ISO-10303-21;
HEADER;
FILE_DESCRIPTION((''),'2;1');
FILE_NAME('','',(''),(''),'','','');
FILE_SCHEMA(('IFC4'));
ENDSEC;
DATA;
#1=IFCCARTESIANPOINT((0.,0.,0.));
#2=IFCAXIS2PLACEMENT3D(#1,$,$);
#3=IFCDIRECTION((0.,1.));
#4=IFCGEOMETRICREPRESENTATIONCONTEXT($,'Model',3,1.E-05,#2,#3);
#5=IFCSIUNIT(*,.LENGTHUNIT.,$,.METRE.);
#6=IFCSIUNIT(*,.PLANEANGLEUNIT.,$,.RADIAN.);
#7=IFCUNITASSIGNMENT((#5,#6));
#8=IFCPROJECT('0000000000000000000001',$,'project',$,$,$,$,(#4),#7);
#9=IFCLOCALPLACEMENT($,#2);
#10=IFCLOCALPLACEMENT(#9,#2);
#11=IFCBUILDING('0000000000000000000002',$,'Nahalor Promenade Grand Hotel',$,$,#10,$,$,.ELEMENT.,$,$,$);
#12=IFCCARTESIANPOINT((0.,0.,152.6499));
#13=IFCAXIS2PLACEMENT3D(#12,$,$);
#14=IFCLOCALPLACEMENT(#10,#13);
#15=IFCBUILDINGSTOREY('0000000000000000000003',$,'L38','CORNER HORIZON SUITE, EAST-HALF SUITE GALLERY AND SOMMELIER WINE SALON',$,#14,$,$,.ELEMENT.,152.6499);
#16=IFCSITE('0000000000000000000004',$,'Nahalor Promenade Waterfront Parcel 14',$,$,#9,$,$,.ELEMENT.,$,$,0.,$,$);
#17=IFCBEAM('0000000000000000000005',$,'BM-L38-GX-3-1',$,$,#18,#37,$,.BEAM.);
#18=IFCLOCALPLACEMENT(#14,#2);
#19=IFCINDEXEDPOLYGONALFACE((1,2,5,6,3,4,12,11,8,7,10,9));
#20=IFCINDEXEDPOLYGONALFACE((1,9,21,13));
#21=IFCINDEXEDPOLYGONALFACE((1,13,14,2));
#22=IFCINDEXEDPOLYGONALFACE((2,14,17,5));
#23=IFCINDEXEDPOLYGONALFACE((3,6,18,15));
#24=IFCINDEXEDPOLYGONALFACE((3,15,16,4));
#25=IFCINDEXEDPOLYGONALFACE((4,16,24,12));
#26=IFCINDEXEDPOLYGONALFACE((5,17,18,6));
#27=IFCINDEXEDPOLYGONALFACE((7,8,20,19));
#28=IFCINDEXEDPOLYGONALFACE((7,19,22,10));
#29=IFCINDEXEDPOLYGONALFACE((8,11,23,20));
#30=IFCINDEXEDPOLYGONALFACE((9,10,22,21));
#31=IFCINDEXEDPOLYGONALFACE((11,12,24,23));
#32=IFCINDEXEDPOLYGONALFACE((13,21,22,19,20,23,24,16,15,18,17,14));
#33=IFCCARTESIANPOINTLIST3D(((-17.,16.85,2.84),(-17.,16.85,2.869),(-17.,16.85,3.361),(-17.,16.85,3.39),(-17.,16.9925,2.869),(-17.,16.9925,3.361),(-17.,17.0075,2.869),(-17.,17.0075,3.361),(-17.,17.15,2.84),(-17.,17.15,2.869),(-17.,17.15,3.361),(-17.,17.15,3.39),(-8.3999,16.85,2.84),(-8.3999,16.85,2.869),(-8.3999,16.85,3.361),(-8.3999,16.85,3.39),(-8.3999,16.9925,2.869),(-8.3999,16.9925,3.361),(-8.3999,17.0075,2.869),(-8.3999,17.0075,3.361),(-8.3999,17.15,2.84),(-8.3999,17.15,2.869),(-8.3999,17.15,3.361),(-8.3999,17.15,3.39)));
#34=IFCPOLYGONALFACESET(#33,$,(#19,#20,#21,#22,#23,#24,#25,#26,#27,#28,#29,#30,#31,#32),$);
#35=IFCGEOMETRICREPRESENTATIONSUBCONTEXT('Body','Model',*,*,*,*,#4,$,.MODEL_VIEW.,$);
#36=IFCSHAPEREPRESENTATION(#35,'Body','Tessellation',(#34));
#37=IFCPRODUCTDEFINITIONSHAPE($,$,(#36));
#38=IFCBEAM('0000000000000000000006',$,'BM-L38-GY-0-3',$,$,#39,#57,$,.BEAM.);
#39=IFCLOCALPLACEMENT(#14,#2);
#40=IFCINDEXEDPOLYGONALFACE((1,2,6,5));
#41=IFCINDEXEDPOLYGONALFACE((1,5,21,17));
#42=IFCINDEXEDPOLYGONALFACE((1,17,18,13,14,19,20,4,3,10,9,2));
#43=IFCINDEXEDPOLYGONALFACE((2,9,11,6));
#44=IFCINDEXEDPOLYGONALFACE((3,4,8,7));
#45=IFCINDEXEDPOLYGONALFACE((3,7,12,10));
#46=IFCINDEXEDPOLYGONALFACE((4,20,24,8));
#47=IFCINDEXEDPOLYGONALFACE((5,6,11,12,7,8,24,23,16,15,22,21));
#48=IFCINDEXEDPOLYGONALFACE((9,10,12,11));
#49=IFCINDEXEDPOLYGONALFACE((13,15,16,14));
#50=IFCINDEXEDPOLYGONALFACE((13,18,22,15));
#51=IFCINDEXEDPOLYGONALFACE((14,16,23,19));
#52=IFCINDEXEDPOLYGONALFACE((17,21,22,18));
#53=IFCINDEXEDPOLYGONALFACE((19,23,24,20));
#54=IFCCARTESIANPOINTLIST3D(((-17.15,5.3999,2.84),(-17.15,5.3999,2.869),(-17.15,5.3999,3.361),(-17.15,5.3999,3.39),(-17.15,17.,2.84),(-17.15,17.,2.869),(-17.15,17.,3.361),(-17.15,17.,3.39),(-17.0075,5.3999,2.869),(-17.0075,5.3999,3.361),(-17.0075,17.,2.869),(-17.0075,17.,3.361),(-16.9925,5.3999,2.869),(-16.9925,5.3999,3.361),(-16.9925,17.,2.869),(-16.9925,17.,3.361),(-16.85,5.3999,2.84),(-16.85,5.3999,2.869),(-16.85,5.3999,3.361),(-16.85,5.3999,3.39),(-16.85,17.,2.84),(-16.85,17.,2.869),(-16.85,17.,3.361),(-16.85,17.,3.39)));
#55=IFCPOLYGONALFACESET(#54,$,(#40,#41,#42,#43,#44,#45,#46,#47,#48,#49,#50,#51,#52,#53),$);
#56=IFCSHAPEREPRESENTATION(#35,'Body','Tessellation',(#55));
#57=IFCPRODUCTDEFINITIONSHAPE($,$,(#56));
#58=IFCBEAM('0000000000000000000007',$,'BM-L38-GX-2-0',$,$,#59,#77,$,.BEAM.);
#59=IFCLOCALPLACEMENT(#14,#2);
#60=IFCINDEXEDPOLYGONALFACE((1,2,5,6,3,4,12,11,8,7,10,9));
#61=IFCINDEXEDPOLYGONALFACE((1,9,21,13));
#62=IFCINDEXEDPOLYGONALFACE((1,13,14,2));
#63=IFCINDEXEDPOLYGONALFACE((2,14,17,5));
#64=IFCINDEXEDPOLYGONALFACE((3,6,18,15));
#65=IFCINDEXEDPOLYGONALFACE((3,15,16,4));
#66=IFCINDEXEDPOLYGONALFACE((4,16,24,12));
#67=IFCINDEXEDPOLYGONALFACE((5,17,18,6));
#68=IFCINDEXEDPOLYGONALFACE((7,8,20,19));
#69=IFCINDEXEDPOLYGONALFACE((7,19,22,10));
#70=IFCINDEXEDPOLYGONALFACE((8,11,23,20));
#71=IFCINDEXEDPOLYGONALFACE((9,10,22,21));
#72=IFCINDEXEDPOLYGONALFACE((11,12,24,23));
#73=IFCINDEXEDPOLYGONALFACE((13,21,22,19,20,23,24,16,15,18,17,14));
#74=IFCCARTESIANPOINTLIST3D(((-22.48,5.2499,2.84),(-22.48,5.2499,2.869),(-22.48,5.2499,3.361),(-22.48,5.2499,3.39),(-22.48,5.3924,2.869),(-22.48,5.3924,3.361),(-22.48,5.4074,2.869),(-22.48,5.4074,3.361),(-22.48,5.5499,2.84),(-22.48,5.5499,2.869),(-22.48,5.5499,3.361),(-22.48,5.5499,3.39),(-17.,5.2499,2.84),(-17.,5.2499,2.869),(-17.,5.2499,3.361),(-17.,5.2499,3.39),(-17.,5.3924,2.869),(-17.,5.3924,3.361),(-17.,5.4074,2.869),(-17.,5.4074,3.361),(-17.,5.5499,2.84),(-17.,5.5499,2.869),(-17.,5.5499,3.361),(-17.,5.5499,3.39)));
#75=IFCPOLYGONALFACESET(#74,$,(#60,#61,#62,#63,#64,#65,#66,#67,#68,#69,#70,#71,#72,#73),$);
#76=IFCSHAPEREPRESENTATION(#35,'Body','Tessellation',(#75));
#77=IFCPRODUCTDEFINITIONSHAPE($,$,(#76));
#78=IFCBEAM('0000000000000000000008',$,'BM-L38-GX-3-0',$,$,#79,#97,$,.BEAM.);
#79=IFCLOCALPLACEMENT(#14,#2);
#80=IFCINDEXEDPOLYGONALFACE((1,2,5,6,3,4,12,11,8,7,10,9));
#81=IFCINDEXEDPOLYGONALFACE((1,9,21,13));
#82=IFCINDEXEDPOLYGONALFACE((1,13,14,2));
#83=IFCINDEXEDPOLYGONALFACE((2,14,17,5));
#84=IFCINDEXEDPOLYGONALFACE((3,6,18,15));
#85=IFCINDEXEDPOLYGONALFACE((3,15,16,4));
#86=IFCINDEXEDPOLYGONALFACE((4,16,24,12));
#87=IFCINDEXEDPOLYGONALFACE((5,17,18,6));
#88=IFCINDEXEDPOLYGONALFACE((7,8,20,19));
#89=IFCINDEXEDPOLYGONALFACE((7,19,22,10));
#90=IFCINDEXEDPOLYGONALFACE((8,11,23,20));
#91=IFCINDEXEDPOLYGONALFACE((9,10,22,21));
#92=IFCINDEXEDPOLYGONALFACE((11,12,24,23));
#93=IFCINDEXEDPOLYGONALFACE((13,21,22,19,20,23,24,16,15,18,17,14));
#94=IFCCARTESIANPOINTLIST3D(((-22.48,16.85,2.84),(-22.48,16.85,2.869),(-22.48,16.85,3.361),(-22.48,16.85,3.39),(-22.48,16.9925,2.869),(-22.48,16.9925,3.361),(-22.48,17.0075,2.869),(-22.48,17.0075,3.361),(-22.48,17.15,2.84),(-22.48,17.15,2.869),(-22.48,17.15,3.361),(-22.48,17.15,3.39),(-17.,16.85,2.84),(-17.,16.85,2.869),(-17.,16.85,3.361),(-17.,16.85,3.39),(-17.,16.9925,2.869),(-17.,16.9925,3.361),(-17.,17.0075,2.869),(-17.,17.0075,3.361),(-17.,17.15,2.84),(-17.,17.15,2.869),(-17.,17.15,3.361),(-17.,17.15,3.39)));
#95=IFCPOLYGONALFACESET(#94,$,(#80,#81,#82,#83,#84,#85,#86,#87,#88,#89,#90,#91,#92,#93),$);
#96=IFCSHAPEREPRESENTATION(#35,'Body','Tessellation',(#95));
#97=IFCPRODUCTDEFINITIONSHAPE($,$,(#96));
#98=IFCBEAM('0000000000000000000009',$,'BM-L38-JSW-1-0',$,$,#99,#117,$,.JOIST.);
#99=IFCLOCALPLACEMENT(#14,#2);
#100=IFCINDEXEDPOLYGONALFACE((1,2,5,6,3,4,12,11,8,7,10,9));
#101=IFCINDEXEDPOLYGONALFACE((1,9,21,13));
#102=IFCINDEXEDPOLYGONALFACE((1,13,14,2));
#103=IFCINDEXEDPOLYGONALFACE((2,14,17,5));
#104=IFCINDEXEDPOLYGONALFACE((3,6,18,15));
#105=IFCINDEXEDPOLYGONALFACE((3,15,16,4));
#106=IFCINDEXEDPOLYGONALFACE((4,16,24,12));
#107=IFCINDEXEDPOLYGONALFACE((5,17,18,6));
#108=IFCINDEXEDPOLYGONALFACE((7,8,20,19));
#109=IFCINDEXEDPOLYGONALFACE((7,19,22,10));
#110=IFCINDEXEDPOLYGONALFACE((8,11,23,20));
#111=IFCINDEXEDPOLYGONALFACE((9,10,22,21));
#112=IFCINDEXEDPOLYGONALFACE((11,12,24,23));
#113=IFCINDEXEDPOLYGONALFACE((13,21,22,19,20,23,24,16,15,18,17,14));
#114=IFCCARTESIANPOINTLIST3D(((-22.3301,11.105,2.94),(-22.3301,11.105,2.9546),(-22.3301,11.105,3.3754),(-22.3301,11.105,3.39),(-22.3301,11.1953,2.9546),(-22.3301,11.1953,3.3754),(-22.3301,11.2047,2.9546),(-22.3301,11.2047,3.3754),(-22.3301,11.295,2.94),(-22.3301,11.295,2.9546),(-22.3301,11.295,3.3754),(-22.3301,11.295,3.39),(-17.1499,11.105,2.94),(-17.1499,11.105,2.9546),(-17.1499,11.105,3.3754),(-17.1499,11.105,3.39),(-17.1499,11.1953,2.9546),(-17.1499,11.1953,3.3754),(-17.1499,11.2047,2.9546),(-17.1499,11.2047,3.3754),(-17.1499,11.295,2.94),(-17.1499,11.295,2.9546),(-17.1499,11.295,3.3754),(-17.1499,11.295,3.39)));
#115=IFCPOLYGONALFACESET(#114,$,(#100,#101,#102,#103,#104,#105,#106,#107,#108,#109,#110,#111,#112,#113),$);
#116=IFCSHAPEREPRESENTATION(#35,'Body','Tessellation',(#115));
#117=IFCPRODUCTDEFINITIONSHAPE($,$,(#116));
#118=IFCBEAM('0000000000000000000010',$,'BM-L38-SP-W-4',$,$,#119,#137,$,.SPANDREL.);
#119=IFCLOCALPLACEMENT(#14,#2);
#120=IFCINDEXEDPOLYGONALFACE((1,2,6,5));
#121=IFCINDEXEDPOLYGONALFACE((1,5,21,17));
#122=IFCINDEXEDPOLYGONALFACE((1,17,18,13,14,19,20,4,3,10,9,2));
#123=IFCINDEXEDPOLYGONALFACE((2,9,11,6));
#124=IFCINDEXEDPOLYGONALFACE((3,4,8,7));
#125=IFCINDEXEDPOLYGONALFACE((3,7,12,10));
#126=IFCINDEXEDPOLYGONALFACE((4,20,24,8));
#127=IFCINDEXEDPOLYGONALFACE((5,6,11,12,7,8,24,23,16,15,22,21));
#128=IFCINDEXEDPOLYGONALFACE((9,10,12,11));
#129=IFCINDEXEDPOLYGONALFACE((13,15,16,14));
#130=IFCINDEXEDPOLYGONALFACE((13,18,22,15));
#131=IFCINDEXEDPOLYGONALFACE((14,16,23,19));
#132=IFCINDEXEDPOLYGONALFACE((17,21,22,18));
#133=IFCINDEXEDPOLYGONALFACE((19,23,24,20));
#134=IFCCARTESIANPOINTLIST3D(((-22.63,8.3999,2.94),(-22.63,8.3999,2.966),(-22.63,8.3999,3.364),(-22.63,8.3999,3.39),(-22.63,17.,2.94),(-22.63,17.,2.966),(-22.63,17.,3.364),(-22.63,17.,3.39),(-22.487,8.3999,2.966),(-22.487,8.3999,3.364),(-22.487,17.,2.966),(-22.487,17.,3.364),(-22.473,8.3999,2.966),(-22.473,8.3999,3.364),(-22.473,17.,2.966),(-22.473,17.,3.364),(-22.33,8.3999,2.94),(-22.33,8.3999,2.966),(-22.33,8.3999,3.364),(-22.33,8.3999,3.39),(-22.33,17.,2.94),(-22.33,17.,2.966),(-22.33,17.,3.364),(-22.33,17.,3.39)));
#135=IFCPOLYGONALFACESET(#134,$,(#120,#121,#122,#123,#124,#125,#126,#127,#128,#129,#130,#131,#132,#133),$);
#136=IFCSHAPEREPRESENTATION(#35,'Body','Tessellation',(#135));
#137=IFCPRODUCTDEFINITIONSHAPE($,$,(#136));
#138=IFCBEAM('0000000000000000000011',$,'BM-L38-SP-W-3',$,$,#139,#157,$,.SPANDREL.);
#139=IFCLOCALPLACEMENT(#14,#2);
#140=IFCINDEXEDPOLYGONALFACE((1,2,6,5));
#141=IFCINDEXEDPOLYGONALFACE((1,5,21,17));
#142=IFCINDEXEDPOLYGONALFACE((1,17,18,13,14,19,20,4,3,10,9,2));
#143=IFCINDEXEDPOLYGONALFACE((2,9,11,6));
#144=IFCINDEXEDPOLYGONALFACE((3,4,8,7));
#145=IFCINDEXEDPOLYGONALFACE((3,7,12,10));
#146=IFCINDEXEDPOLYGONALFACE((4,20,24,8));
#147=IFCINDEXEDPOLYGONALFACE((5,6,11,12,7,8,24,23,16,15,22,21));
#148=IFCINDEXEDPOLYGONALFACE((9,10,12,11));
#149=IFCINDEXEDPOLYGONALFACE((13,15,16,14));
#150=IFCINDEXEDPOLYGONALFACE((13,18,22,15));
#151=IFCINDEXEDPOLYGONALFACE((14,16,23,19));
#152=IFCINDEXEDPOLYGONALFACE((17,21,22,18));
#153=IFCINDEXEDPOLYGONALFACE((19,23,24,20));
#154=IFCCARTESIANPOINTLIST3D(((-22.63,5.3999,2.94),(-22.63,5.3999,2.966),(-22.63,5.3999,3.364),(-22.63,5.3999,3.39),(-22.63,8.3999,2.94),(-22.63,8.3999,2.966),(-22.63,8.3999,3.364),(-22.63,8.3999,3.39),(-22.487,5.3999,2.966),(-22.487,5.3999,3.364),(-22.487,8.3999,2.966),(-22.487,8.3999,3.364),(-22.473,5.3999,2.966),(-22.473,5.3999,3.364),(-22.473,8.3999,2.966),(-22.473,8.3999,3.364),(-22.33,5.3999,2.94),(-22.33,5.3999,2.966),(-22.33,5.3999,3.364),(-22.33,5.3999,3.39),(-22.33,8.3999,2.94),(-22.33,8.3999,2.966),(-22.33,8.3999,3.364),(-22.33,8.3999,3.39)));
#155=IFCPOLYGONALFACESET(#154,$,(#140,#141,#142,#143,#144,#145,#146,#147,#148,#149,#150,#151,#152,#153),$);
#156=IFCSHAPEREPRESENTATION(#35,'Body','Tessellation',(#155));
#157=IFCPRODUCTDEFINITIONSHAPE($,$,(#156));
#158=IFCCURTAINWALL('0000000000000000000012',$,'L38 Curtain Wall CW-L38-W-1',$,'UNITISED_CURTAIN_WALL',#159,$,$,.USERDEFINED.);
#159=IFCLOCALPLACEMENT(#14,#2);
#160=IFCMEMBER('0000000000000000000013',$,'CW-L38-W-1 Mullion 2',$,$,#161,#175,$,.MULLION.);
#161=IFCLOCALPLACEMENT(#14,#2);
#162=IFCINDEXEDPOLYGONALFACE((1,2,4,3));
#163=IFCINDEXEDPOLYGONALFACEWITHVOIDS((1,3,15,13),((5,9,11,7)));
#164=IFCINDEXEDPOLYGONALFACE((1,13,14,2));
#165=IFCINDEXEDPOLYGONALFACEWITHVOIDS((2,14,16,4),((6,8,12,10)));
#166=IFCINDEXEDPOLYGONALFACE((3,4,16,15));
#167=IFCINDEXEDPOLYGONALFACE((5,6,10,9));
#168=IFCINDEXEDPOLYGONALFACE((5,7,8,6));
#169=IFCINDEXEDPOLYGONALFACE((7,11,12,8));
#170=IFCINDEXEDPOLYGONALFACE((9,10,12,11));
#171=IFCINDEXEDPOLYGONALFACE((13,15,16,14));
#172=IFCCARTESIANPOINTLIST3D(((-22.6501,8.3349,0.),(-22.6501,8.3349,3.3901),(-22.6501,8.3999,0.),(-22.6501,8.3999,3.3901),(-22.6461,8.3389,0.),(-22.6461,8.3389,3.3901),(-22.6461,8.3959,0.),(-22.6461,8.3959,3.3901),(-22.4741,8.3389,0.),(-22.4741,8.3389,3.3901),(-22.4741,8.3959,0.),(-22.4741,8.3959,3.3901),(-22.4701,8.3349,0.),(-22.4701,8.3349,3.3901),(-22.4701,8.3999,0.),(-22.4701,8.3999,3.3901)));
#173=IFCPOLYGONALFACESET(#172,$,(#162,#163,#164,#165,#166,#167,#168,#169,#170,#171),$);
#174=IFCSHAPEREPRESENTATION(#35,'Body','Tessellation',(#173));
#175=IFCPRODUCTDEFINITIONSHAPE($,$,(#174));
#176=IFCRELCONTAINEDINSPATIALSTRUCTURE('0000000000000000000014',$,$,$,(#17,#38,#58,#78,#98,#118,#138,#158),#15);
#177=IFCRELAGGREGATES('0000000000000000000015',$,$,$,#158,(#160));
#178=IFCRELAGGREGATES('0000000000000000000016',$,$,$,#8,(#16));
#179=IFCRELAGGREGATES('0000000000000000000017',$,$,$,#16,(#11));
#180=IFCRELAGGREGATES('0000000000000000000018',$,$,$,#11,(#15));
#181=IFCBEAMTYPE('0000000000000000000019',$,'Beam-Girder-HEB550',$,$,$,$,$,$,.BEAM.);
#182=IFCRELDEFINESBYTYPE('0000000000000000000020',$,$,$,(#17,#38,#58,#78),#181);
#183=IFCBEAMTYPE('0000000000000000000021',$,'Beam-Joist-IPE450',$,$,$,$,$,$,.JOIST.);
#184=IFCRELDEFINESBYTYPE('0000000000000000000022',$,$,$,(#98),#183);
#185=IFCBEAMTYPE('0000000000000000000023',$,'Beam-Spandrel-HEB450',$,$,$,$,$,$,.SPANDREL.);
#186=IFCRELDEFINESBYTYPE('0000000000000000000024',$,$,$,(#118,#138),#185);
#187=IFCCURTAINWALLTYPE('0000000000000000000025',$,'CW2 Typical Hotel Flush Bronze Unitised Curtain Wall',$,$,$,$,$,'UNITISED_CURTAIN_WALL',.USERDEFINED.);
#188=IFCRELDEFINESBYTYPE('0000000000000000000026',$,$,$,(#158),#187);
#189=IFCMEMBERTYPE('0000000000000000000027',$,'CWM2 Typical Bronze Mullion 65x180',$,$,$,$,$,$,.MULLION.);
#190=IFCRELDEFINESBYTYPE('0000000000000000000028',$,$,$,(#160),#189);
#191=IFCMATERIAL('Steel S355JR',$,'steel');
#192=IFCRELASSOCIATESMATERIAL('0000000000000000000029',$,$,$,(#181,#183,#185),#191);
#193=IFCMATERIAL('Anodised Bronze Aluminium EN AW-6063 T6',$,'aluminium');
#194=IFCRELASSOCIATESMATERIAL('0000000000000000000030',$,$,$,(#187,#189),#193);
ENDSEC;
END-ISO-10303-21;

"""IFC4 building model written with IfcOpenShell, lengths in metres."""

from ifc_helpers import new_model, si_unit, direction, frame, origin, origin_2d, place, context, subcontext, project, spatial, hollow_rectangle, i_section, extrude, source, transform, mapped, material, material_profile, profile_set, type_object, element, aggregate, save


model = new_model("IFC4")

# Units and contexts
model_context = context("Model", 3, precision=1e-05, world=origin(), true_north=direction((0.0, 1.0)))
body_context = subcontext(model_context, "Body", "Model", "MODEL_VIEW")
ifc_project = project(units=[si_unit("LENGTHUNIT", "METRE"), si_unit("PLANEANGLEUNIT", "RADIAN")], contexts=[model_context])

# Site, building, storey
site_placement = place(None, origin())
site = spatial("IfcSite", under=ifc_project, at=site_placement, Name="Nahalor Promenade Waterfront Parcel 14", CompositionType="ELEMENT", RefElevation=0.0)
building_placement = place(site_placement, origin())
building = spatial("IfcBuilding", under=site, at=building_placement, Name="Nahalor Promenade Grand Hotel", CompositionType="ELEMENT")
storey_placement = place(building_placement, frame((0.0, 0.0, 152.6499)))
storey = spatial("IfcBuildingStorey", under=building, at=storey_placement, Name="L38", Description="CORNER HORIZON SUITE, EAST-HALF SUITE GALLERY AND SOMMELIER WINE SALON", CompositionType="ELEMENT", Elevation=152.6499)

# Beams
ifc_material_1 = material(Name="Steel S355JR", Category="steel")
ifc_material_profile_1 = material_profile(ifc_material_1, i_section(OverallWidth=0.3, OverallDepth=0.55, WebThickness=0.015, FlangeThickness=0.029, at=origin_2d()), Name="HEB 550")
ifc_profile_set_1 = profile_set([ifc_material_profile_1], Name="Steel S355JR")
beam_type_1 = type_object("IfcBeamType", Name="Beam-Girder-HEB550", PredefinedType="BEAM", material=ifc_profile_set_1)
shared_shape_1 = source(origin(), body_context, "Body", "SweptSolid", [
    extrude(i_section(OverallWidth=0.3, OverallDepth=0.55, WebThickness=0.015, FlangeThickness=0.029, at=origin_2d()), origin(), (0.0, 0.0, 1.0), 8.6001),
])
for number, where, z_axis, x_axis, name in (
    (1, (-17.0, 17.0, 3.115), (1.0, 0.0, 0.0), (0.0, 1.0, 0.0), "BM-L38-GX-3-1"),
):
    element("IfcBeam", number, at=place(storey_placement, frame(where, z_axis=z_axis, x_axis=x_axis)), inside=storey, type_object=beam_type_1, Name=name, PredefinedType="BEAM", context=body_context, shape_type="MappedRepresentation", body=[
        mapped(shared_shape_1, transform((0.0, 0.0, 0.0), scale=1.0)),
    ])
shared_shape_2 = source(origin(), body_context, "Body", "SweptSolid", [
    extrude(i_section(OverallWidth=0.3, OverallDepth=0.55, WebThickness=0.015, FlangeThickness=0.029, at=origin_2d()), origin(), (0.0, 0.0, 1.0), 11.6001),
])
beam_1_placement = place(storey_placement, frame((-17.0, 5.3999, 3.115), z_axis=(0.0, 1.0, 0.0), x_axis=(-1.0, 0.0, 0.0)))
element("IfcBeam", 2, at=beam_1_placement, inside=storey, type_object=beam_type_1, Name="BM-L38-GY-0-3", PredefinedType="BEAM", context=body_context, shape_type="MappedRepresentation", body=[
    mapped(shared_shape_2, transform((0.0, 0.0, 0.0), scale=1.0)),
])
shared_shape_3 = source(origin(), body_context, "Body", "SweptSolid", [
    extrude(i_section(OverallWidth=0.3, OverallDepth=0.55, WebThickness=0.015, FlangeThickness=0.029, at=origin_2d()), origin(), (0.0, 0.0, 1.0), 5.48),
])
for number, where, z_axis, x_axis, name in (
    (3, (-22.48, 5.3999, 3.115), (1.0, 0.0, 0.0), (0.0, 1.0, 0.0), "BM-L38-GX-2-0"),
    (4, (-22.48, 17.0, 3.115), (1.0, 0.0, 0.0), (0.0, 1.0, 0.0), "BM-L38-GX-3-0"),
):
    element("IfcBeam", number, at=place(storey_placement, frame(where, z_axis=z_axis, x_axis=x_axis)), inside=storey, type_object=beam_type_1, Name=name, PredefinedType="BEAM", context=body_context, shape_type="MappedRepresentation", body=[
        mapped(shared_shape_3, transform((0.0, 0.0, 0.0), scale=1.0)),
    ])
ifc_material_profile_2 = material_profile(ifc_material_1, i_section(OverallWidth=0.19, OverallDepth=0.45, WebThickness=0.0094, FlangeThickness=0.0146, at=origin_2d()), Name="IPE 450")
ifc_profile_set_2 = profile_set([ifc_material_profile_2], Name="Steel S355JR")
beam_type_2 = type_object("IfcBeamType", Name="Beam-Joist-IPE450", PredefinedType="JOIST", material=ifc_profile_set_2)
shared_shape_4 = source(origin(), body_context, "Body", "SweptSolid", [
    extrude(i_section(OverallWidth=0.19, OverallDepth=0.45, WebThickness=0.0094, FlangeThickness=0.0146, at=origin_2d()), origin(), (0.0, 0.0, 1.0), 5.1802),
])
beam_2_placement = place(storey_placement, frame((-22.3301, 11.2, 3.165), z_axis=(1.0, 0.0, 0.0), x_axis=(0.0, 1.0, 0.0)))
element("IfcBeam", 5, at=beam_2_placement, inside=storey, type_object=beam_type_2, Name="BM-L38-JSW-1-0", PredefinedType="JOIST", context=body_context, shape_type="MappedRepresentation", body=[
    mapped(shared_shape_4, transform((0.0, 0.0, 0.0), scale=1.0)),
])
ifc_material_profile_3 = material_profile(ifc_material_1, i_section(OverallWidth=0.3, OverallDepth=0.45, WebThickness=0.014, FlangeThickness=0.026, at=origin_2d()), Name="HEB 450")
ifc_profile_set_3 = profile_set([ifc_material_profile_3], Name="Steel S355JR")
beam_type_3 = type_object("IfcBeamType", Name="Beam-Spandrel-HEB450", PredefinedType="SPANDREL", material=ifc_profile_set_3)
shared_shape_5 = source(origin(), body_context, "Body", "SweptSolid", [
    extrude(i_section(OverallWidth=0.3, OverallDepth=0.45, WebThickness=0.014, FlangeThickness=0.026, at=origin_2d()), origin(), (0.0, 0.0, 1.0), 8.6001),
])
beam_3_placement = place(storey_placement, frame((-22.48, 8.3999, 3.165), z_axis=(0.0, 1.0, 0.0), x_axis=(-1.0, 0.0, 0.0)))
element("IfcBeam", 6, at=beam_3_placement, inside=storey, type_object=beam_type_3, Name="BM-L38-SP-W-4", PredefinedType="SPANDREL", context=body_context, shape_type="MappedRepresentation", body=[
    mapped(shared_shape_5, transform((0.0, 0.0, 0.0), scale=1.0)),
])
shared_shape_6 = source(origin(), body_context, "Body", "SweptSolid", [
    extrude(i_section(OverallWidth=0.3, OverallDepth=0.45, WebThickness=0.014, FlangeThickness=0.026, at=origin_2d()), origin(), (0.0, 0.0, 1.0), 3.0),
])
beam_4_placement = place(storey_placement, frame((-22.48, 5.3999, 3.165), z_axis=(0.0, 1.0, 0.0), x_axis=(-1.0, 0.0, 0.0)))
element("IfcBeam", 7, at=beam_4_placement, inside=storey, type_object=beam_type_3, Name="BM-L38-SP-W-3", PredefinedType="SPANDREL", context=body_context, shape_type="MappedRepresentation", body=[
    mapped(shared_shape_6, transform((0.0, 0.0, 0.0), scale=1.0)),
])

# Curtain wall, member
ifc_material_2 = material(Name="Anodised Bronze Aluminium EN AW-6063 T6", Category="aluminium")
curtain_wall_type = type_object("IfcCurtainWallType", Name="CW2 Typical Hotel Flush Bronze Unitised Curtain Wall", ElementType="UNITISED_CURTAIN_WALL", PredefinedType="USERDEFINED", material=ifc_material_2)
curtain_wall_placement = place(storey_placement, origin())
curtain_wall = element("IfcCurtainWall", 8, at=curtain_wall_placement, inside=storey, type_object=curtain_wall_type, Name="L38 Curtain Wall CW-L38-W-1", ObjectType="UNITISED_CURTAIN_WALL", PredefinedType="USERDEFINED")
ifc_material_profile_4 = material_profile(ifc_material_2, hollow_rectangle(XDim=0.065, YDim=0.18, WallThickness=0.004, at=origin_2d()), Name="CWM 65x180x4")
ifc_profile_set_4 = profile_set([ifc_material_profile_4], Name="Anodised Bronze Aluminium EN AW-6063 T6")
member_type = type_object("IfcMemberType", Name="CWM2 Typical Bronze Mullion 65x180", PredefinedType="MULLION", material=ifc_profile_set_4)
shared_shape_7 = source(origin(), body_context, "Body", "SweptSolid", [
    extrude(hollow_rectangle(XDim=0.065, YDim=0.18, WallThickness=0.004, at=origin_2d()), origin(), (0.0, 0.0, 1.0), 3.3901),
])
member_placement = place(storey_placement, frame((-22.5601, 8.3674, 0.0), z_axis=(0.0, 0.0, 1.0), x_axis=(0.0, 1.0, 0.0)))
member = element("IfcMember", 9, at=member_placement, type_object=member_type, Name="CW-L38-W-1 Mullion 2", PredefinedType="MULLION", context=body_context, shape_type="MappedRepresentation", body=[
    mapped(shared_shape_7, transform((0.0, 0.0, 0.0), scale=1.0)),
])
aggregate(curtain_wall, [member])

save(model, "model.ifc")
